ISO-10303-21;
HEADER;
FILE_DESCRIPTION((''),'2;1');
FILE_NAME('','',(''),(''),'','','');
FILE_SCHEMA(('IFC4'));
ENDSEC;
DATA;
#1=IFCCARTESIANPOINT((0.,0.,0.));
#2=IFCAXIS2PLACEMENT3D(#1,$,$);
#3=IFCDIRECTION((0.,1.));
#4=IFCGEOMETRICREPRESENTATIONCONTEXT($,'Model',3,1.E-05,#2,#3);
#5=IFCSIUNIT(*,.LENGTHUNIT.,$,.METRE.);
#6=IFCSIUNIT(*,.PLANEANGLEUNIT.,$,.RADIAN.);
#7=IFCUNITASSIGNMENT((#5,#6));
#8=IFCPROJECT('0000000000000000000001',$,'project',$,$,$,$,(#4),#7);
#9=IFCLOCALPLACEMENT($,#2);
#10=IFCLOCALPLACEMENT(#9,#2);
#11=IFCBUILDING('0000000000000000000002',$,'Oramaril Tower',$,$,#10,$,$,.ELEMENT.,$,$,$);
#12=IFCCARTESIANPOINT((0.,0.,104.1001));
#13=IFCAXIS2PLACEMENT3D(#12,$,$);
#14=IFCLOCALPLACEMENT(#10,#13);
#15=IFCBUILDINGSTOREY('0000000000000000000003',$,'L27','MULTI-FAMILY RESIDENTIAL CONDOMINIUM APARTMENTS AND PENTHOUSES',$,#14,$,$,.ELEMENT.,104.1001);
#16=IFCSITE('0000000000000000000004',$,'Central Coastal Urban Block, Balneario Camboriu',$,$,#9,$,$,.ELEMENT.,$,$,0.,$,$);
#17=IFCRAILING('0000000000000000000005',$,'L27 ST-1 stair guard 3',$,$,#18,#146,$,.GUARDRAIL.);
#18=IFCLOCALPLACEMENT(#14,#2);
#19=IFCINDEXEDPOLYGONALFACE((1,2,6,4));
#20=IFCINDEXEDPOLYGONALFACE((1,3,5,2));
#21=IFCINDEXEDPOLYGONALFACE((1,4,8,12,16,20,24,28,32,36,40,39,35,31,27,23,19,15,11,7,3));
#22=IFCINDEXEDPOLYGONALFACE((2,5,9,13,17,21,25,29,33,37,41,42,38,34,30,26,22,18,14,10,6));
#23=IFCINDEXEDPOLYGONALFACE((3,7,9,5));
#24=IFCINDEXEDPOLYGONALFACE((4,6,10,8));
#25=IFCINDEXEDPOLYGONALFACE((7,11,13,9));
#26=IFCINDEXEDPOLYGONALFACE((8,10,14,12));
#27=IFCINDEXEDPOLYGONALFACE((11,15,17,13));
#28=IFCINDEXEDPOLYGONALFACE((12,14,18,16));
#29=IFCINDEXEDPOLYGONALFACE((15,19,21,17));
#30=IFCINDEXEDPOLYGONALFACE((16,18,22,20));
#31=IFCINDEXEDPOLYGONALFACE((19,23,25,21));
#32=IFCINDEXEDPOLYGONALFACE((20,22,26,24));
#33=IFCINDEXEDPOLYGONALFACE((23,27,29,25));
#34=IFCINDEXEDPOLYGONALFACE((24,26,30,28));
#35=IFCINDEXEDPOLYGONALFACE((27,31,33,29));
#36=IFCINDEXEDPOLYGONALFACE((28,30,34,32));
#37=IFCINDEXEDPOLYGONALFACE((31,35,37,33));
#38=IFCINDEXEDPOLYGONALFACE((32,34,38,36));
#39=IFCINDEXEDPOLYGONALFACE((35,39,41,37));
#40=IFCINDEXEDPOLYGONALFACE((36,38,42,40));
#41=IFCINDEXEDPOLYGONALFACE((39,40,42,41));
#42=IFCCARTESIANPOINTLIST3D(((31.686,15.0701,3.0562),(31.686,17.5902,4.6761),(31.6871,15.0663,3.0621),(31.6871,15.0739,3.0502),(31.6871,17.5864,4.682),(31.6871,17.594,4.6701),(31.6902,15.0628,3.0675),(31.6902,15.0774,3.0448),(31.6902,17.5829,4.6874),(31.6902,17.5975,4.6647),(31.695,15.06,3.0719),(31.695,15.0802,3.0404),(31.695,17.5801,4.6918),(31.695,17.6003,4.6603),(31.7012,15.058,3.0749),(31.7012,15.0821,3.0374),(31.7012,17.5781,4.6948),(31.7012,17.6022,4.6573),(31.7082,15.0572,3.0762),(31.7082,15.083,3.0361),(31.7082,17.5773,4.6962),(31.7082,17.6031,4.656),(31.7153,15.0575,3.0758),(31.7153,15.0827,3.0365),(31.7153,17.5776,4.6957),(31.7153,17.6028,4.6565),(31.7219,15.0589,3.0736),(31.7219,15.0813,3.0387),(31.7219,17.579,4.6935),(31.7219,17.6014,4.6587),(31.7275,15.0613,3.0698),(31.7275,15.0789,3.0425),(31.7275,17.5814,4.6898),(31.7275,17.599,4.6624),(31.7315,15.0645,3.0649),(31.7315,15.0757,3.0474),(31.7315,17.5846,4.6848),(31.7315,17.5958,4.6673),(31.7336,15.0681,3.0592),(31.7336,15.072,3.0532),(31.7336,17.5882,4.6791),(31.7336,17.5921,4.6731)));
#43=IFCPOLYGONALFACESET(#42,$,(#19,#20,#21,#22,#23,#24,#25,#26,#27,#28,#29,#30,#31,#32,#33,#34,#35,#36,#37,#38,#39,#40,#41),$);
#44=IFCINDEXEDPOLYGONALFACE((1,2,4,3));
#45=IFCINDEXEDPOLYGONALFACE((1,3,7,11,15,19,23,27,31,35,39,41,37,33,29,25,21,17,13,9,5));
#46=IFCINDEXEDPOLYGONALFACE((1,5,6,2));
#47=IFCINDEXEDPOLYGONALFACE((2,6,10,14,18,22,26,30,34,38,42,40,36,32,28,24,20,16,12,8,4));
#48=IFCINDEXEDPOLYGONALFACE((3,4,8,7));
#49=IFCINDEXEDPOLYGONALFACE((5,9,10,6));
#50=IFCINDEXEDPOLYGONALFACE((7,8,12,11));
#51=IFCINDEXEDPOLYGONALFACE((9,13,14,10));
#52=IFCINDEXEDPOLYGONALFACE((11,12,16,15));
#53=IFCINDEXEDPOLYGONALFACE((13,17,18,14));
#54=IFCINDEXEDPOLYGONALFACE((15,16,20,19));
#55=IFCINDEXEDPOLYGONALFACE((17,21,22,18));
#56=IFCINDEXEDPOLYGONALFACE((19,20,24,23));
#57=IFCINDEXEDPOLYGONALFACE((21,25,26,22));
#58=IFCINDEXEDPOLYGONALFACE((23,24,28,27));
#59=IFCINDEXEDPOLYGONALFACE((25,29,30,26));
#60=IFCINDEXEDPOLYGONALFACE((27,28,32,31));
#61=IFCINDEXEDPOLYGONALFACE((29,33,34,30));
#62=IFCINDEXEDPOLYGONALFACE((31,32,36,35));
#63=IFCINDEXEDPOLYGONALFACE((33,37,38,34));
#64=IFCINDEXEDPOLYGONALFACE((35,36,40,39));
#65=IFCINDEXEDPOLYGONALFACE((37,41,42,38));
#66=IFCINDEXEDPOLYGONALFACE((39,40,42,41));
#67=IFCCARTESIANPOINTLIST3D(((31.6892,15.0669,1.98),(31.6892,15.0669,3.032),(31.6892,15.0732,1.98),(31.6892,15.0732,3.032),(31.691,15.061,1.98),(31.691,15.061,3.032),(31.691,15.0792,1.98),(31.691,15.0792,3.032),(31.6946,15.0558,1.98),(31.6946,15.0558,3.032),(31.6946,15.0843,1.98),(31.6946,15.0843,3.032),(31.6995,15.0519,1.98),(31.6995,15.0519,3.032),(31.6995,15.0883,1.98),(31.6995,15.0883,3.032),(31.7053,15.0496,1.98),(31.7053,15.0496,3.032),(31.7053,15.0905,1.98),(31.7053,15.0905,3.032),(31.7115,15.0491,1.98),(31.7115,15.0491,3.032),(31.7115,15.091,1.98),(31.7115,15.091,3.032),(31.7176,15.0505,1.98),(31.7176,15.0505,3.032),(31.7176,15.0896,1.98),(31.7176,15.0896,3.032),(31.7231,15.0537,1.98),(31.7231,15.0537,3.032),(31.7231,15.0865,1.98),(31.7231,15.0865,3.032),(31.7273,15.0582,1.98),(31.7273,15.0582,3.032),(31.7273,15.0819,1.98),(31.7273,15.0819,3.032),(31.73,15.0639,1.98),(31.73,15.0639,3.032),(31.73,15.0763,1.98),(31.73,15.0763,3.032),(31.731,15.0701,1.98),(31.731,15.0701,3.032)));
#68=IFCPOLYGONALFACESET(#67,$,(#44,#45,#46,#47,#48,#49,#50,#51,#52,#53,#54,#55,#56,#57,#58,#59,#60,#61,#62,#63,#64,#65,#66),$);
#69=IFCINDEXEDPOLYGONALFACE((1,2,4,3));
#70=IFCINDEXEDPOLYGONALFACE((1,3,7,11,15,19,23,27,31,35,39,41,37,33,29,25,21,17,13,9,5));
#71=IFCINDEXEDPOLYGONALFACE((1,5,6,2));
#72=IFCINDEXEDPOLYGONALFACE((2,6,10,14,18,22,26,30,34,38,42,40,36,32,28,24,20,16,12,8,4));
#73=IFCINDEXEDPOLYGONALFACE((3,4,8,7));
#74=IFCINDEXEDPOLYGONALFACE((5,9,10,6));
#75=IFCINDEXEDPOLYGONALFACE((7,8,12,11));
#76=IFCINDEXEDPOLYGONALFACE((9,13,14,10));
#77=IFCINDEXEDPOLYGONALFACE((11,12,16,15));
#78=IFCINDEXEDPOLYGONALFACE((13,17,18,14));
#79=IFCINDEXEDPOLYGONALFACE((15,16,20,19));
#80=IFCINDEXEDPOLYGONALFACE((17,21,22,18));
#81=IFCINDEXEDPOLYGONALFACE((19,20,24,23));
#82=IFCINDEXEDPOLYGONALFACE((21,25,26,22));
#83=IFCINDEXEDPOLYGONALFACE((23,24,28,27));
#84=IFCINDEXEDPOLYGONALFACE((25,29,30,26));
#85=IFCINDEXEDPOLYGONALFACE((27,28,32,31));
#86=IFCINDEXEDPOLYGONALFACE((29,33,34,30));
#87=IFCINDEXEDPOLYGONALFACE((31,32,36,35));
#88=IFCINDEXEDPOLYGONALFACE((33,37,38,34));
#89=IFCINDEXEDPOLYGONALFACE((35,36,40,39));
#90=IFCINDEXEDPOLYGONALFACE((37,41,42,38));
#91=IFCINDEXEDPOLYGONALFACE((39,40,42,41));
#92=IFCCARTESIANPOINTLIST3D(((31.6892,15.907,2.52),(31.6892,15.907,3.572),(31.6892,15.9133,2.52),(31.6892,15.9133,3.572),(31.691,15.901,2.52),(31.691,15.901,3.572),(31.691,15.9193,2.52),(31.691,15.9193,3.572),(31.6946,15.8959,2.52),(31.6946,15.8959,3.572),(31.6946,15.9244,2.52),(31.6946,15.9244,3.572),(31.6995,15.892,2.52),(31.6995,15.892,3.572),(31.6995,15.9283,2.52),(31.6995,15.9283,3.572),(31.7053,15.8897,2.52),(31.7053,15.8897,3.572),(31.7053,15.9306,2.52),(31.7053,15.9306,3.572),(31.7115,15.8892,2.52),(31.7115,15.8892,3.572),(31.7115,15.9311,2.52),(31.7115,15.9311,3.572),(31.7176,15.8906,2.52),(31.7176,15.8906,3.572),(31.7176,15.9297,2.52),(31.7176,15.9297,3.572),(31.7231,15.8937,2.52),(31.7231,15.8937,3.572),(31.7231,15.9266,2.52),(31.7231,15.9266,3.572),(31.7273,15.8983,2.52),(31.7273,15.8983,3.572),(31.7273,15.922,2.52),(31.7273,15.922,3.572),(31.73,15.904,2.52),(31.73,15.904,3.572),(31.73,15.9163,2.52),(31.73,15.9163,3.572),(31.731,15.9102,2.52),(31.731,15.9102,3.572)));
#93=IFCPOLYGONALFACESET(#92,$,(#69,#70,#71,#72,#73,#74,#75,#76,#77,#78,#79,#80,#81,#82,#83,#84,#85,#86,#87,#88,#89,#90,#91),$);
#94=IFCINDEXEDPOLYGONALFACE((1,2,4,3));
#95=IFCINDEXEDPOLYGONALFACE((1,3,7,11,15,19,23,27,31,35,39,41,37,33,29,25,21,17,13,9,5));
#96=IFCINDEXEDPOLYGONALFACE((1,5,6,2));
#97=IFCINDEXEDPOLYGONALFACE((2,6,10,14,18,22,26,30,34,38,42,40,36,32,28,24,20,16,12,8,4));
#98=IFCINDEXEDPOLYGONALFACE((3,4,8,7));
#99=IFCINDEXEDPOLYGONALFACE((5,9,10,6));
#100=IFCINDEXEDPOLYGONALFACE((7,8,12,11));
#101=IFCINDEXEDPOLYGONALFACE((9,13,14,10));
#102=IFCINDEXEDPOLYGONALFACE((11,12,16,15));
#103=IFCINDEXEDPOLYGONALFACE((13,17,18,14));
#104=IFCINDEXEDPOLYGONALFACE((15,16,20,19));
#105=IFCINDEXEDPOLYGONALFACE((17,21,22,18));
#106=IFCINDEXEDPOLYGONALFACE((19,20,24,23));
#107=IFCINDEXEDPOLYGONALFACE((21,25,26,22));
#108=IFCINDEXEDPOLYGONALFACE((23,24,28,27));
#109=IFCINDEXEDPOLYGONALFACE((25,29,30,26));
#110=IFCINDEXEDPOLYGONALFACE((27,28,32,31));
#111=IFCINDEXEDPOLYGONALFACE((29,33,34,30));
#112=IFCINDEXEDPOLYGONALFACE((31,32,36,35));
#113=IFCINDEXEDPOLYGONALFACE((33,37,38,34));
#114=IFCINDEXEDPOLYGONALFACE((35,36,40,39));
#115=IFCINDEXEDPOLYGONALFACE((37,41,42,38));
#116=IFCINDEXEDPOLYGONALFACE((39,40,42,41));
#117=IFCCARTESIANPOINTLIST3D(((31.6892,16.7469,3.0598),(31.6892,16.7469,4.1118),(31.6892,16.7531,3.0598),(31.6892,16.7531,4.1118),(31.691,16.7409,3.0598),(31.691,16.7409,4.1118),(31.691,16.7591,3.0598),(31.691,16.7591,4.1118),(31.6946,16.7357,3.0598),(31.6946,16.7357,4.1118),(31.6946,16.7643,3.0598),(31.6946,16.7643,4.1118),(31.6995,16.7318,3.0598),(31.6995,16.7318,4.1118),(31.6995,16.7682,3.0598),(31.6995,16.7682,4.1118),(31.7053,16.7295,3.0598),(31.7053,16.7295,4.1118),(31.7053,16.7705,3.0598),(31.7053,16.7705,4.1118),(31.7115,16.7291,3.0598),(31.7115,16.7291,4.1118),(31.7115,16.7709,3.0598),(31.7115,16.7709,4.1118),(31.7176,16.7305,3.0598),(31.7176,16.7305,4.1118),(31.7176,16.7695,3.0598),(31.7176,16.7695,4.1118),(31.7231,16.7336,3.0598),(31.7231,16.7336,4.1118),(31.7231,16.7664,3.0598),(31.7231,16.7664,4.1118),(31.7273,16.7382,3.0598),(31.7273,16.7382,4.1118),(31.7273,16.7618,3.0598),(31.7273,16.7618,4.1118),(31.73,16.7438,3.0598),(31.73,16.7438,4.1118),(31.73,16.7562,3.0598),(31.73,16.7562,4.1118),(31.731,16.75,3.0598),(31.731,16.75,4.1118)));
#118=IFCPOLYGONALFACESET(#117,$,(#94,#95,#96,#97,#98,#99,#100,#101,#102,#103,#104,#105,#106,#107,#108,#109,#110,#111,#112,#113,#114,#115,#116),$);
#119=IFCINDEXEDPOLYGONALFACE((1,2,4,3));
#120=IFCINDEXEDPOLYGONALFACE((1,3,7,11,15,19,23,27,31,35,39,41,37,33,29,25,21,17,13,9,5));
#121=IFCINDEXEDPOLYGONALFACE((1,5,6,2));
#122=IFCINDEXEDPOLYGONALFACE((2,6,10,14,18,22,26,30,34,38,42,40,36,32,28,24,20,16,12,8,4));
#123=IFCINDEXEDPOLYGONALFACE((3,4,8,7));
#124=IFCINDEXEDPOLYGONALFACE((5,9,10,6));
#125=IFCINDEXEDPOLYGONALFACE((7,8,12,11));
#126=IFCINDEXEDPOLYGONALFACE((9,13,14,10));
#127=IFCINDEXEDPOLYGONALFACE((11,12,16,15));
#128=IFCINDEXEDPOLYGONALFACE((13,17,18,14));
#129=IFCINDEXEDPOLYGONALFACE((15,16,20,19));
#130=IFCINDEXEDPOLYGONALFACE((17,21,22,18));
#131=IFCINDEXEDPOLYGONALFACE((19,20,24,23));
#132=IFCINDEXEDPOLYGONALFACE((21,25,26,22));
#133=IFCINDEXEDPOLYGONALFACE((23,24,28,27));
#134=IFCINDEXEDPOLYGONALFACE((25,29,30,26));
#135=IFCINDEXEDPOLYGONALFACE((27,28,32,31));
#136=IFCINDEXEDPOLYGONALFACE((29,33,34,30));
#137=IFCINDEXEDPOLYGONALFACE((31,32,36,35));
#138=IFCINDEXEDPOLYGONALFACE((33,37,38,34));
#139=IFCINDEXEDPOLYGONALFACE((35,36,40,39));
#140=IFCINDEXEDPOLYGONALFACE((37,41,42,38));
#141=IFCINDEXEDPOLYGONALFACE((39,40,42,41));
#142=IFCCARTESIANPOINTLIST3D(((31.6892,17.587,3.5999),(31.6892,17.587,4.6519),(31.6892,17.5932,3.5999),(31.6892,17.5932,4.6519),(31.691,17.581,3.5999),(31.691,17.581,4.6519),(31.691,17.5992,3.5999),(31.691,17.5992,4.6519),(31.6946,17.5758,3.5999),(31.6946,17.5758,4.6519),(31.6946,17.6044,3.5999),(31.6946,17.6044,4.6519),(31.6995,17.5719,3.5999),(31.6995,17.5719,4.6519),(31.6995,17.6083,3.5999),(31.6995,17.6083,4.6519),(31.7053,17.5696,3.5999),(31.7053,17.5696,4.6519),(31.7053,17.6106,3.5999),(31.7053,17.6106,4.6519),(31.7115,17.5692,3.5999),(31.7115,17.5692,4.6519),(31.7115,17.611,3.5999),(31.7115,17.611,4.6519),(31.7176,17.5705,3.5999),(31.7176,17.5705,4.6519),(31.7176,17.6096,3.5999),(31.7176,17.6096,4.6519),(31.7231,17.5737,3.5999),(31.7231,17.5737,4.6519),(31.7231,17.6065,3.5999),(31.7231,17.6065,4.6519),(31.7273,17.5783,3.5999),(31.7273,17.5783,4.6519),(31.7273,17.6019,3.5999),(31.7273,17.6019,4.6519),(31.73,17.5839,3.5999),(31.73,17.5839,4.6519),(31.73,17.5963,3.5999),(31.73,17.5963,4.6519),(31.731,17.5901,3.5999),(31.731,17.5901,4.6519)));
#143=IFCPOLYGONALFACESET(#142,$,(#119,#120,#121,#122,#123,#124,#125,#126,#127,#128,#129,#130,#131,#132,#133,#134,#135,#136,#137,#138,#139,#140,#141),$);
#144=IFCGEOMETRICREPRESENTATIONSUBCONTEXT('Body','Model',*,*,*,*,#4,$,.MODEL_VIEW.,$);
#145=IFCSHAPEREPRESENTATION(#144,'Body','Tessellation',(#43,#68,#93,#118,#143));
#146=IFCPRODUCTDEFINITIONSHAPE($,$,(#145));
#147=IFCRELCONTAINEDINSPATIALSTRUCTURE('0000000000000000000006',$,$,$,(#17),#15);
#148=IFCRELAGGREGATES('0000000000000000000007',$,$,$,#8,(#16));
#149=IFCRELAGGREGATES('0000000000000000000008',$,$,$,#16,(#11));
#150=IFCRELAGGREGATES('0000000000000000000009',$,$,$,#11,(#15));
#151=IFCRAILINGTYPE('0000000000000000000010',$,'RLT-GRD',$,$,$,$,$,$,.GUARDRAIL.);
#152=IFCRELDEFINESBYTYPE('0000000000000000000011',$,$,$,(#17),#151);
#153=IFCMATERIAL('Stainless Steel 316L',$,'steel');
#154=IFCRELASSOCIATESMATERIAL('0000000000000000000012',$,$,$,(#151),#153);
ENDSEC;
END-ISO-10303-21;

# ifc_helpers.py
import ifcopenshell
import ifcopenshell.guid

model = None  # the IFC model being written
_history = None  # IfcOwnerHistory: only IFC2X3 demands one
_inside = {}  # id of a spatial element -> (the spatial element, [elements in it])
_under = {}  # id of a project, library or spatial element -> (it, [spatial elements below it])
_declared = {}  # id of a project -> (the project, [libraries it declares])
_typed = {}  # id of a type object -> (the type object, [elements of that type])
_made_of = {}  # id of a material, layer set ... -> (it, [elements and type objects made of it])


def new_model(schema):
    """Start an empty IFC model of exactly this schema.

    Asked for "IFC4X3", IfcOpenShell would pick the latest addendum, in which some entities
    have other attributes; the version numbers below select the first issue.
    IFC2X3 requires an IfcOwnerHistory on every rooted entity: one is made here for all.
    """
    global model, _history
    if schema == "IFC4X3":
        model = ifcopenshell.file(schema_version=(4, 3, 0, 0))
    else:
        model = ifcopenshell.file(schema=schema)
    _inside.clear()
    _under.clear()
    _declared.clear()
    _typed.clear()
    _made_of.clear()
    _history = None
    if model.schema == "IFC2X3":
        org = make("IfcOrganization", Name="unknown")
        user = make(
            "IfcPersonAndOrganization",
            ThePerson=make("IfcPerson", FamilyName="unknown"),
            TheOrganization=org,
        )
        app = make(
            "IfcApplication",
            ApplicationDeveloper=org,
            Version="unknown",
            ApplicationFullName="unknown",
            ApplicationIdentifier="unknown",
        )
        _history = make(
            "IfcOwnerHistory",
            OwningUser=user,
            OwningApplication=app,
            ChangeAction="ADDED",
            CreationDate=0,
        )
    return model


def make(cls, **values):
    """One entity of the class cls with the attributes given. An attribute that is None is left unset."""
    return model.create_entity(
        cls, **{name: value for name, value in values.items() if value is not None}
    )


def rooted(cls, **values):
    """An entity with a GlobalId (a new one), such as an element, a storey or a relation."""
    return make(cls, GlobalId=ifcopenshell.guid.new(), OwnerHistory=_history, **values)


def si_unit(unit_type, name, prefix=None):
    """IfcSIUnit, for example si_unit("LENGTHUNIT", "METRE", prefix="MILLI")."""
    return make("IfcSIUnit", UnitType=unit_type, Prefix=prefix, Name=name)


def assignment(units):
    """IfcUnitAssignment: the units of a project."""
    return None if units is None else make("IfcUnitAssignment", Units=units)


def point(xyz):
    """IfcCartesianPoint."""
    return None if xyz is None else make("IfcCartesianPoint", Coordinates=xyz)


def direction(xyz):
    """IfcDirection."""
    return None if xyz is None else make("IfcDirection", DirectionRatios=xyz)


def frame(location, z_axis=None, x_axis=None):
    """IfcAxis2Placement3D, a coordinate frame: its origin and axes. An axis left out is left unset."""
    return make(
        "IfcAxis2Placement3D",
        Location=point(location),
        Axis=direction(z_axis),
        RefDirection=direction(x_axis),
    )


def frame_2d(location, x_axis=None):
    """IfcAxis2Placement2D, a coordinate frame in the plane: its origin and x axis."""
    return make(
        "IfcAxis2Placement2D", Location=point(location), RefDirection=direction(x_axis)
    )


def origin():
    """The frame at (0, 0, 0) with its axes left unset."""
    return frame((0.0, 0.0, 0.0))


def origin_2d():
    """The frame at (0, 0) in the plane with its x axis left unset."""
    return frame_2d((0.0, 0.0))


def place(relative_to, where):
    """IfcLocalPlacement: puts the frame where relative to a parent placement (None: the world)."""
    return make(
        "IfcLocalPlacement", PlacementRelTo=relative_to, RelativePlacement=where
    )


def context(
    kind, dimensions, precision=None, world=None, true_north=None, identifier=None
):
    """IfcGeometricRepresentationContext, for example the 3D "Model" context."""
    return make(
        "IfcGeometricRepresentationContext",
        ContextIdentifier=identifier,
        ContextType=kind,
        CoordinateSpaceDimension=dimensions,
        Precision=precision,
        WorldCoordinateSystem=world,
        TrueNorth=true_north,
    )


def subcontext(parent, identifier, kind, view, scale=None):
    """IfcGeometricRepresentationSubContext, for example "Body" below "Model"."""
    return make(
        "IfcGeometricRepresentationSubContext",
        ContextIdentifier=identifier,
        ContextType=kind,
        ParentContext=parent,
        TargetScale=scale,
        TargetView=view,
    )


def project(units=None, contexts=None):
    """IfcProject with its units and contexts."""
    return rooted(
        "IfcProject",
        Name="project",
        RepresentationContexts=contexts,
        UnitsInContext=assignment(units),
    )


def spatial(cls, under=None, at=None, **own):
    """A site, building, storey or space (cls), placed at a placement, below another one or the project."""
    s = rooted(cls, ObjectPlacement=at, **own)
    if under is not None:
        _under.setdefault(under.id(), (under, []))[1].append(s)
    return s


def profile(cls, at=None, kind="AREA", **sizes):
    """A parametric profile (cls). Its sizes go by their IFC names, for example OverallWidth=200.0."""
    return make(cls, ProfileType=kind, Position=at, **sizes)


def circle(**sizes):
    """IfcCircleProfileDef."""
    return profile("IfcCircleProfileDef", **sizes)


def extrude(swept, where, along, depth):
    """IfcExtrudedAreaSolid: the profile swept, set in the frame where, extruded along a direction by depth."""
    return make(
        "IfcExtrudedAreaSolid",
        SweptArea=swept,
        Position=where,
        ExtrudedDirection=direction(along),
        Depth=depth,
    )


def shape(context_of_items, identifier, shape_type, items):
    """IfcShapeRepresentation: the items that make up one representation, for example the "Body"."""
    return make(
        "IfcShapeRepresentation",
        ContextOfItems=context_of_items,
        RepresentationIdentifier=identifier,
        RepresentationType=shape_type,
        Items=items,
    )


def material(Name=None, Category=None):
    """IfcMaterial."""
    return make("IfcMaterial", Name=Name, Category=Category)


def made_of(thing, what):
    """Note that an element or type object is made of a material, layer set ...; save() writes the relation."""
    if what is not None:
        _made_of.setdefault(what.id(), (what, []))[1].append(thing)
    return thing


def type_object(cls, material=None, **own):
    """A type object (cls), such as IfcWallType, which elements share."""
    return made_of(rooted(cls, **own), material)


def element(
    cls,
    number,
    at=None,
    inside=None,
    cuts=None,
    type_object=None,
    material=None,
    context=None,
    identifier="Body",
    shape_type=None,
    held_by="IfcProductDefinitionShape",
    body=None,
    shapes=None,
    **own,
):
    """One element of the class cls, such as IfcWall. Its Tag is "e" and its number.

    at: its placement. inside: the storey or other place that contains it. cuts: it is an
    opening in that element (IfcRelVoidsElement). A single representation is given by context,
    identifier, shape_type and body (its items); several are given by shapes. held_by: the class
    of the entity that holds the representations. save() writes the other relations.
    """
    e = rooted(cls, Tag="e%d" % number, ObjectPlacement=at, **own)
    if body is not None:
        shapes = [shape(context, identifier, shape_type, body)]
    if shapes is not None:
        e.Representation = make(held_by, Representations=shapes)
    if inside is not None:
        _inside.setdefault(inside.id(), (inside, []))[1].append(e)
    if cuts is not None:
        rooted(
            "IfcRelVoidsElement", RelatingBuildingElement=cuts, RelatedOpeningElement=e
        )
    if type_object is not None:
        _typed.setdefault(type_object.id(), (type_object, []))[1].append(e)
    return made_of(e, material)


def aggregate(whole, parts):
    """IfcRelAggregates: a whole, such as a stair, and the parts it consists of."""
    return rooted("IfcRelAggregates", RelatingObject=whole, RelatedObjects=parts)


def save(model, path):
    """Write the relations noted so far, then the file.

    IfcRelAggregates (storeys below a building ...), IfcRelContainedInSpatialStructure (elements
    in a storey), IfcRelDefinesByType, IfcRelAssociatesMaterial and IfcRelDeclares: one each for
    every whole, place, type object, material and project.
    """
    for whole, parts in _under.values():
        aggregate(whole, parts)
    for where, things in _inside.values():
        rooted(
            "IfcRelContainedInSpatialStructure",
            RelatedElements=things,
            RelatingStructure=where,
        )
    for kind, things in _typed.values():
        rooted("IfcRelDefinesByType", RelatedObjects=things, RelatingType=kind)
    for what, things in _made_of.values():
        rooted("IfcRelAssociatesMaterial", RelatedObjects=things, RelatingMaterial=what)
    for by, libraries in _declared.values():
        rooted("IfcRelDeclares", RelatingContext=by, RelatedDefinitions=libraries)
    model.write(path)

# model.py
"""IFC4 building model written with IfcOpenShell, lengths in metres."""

from ifc_helpers import new_model, si_unit, direction, frame, origin, origin_2d, place, context, subcontext, project, spatial, circle, extrude, material, type_object, element, save


model = new_model("IFC4")

# Units and contexts
model_context = context("Model", 3, precision=1e-05, world=origin(), true_north=direction((0.0, 1.0)))
body_context = subcontext(model_context, "Body", "Model", "MODEL_VIEW")
ifc_project = project(units=[si_unit("LENGTHUNIT", "METRE"), si_unit("PLANEANGLEUNIT", "RADIAN")], contexts=[model_context])

# Site, building, storey
site_placement = place(None, origin())
site = spatial("IfcSite", under=ifc_project, at=site_placement, Name="Central Coastal Urban Block, Balneario Camboriu", CompositionType="ELEMENT", RefElevation=0.0)
building_placement = place(site_placement, origin())
building = spatial("IfcBuilding", under=site, at=building_placement, Name="Oramaril Tower", CompositionType="ELEMENT")
storey_placement = place(building_placement, frame((0.0, 0.0, 104.1001)))
storey = spatial("IfcBuildingStorey", under=building, at=storey_placement, Name="L27", Description="MULTI-FAMILY RESIDENTIAL CONDOMINIUM APARTMENTS AND PENTHOUSES", CompositionType="ELEMENT", Elevation=104.1001)

# Railing
ifc_material_1 = material(Name="Stainless Steel 316L", Category="steel")
railing_type_1 = type_object("IfcRailingType", Name="RLT-GRD", PredefinedType="GUARDRAIL", material=ifc_material_1)
railing_1_placement = place(storey_placement, frame((31.71, 15.0701, 1.98)))
element("IfcRailing", 1, at=railing_1_placement, inside=storey, type_object=railing_type_1, Name="L27 ST-1 stair guard 3", PredefinedType="GUARDRAIL", context=body_context, shape_type="SweptSolid", body=[
    extrude(circle(Radius=0.0239, at=origin_2d()), frame((0.0, 0.0, 1.0762), z_axis=(0.0, 0.8412, 0.540725), x_axis=(-1.0, 0.0, 0.0)), (0.0, 0.0, 1.0), 2.9958),
    extrude(circle(Radius=0.021, at=origin_2d()), origin(), (0.0, 0.0, 1.0), 1.052),
    extrude(circle(Radius=0.021, at=origin_2d()), frame((0.0, 0.8401, 0.54)), (0.0, 0.0, 1.0), 1.052),
    extrude(circle(Radius=0.021, at=origin_2d()), frame((0.0, 1.6799, 1.0798)), (0.0, 0.0, 1.0), 1.052),
    extrude(circle(Radius=0.021, at=origin_2d()), frame((0.0, 2.52, 1.6199)), (0.0, 0.0, 1.0), 1.052),
])

save(model, "model.ifc")
